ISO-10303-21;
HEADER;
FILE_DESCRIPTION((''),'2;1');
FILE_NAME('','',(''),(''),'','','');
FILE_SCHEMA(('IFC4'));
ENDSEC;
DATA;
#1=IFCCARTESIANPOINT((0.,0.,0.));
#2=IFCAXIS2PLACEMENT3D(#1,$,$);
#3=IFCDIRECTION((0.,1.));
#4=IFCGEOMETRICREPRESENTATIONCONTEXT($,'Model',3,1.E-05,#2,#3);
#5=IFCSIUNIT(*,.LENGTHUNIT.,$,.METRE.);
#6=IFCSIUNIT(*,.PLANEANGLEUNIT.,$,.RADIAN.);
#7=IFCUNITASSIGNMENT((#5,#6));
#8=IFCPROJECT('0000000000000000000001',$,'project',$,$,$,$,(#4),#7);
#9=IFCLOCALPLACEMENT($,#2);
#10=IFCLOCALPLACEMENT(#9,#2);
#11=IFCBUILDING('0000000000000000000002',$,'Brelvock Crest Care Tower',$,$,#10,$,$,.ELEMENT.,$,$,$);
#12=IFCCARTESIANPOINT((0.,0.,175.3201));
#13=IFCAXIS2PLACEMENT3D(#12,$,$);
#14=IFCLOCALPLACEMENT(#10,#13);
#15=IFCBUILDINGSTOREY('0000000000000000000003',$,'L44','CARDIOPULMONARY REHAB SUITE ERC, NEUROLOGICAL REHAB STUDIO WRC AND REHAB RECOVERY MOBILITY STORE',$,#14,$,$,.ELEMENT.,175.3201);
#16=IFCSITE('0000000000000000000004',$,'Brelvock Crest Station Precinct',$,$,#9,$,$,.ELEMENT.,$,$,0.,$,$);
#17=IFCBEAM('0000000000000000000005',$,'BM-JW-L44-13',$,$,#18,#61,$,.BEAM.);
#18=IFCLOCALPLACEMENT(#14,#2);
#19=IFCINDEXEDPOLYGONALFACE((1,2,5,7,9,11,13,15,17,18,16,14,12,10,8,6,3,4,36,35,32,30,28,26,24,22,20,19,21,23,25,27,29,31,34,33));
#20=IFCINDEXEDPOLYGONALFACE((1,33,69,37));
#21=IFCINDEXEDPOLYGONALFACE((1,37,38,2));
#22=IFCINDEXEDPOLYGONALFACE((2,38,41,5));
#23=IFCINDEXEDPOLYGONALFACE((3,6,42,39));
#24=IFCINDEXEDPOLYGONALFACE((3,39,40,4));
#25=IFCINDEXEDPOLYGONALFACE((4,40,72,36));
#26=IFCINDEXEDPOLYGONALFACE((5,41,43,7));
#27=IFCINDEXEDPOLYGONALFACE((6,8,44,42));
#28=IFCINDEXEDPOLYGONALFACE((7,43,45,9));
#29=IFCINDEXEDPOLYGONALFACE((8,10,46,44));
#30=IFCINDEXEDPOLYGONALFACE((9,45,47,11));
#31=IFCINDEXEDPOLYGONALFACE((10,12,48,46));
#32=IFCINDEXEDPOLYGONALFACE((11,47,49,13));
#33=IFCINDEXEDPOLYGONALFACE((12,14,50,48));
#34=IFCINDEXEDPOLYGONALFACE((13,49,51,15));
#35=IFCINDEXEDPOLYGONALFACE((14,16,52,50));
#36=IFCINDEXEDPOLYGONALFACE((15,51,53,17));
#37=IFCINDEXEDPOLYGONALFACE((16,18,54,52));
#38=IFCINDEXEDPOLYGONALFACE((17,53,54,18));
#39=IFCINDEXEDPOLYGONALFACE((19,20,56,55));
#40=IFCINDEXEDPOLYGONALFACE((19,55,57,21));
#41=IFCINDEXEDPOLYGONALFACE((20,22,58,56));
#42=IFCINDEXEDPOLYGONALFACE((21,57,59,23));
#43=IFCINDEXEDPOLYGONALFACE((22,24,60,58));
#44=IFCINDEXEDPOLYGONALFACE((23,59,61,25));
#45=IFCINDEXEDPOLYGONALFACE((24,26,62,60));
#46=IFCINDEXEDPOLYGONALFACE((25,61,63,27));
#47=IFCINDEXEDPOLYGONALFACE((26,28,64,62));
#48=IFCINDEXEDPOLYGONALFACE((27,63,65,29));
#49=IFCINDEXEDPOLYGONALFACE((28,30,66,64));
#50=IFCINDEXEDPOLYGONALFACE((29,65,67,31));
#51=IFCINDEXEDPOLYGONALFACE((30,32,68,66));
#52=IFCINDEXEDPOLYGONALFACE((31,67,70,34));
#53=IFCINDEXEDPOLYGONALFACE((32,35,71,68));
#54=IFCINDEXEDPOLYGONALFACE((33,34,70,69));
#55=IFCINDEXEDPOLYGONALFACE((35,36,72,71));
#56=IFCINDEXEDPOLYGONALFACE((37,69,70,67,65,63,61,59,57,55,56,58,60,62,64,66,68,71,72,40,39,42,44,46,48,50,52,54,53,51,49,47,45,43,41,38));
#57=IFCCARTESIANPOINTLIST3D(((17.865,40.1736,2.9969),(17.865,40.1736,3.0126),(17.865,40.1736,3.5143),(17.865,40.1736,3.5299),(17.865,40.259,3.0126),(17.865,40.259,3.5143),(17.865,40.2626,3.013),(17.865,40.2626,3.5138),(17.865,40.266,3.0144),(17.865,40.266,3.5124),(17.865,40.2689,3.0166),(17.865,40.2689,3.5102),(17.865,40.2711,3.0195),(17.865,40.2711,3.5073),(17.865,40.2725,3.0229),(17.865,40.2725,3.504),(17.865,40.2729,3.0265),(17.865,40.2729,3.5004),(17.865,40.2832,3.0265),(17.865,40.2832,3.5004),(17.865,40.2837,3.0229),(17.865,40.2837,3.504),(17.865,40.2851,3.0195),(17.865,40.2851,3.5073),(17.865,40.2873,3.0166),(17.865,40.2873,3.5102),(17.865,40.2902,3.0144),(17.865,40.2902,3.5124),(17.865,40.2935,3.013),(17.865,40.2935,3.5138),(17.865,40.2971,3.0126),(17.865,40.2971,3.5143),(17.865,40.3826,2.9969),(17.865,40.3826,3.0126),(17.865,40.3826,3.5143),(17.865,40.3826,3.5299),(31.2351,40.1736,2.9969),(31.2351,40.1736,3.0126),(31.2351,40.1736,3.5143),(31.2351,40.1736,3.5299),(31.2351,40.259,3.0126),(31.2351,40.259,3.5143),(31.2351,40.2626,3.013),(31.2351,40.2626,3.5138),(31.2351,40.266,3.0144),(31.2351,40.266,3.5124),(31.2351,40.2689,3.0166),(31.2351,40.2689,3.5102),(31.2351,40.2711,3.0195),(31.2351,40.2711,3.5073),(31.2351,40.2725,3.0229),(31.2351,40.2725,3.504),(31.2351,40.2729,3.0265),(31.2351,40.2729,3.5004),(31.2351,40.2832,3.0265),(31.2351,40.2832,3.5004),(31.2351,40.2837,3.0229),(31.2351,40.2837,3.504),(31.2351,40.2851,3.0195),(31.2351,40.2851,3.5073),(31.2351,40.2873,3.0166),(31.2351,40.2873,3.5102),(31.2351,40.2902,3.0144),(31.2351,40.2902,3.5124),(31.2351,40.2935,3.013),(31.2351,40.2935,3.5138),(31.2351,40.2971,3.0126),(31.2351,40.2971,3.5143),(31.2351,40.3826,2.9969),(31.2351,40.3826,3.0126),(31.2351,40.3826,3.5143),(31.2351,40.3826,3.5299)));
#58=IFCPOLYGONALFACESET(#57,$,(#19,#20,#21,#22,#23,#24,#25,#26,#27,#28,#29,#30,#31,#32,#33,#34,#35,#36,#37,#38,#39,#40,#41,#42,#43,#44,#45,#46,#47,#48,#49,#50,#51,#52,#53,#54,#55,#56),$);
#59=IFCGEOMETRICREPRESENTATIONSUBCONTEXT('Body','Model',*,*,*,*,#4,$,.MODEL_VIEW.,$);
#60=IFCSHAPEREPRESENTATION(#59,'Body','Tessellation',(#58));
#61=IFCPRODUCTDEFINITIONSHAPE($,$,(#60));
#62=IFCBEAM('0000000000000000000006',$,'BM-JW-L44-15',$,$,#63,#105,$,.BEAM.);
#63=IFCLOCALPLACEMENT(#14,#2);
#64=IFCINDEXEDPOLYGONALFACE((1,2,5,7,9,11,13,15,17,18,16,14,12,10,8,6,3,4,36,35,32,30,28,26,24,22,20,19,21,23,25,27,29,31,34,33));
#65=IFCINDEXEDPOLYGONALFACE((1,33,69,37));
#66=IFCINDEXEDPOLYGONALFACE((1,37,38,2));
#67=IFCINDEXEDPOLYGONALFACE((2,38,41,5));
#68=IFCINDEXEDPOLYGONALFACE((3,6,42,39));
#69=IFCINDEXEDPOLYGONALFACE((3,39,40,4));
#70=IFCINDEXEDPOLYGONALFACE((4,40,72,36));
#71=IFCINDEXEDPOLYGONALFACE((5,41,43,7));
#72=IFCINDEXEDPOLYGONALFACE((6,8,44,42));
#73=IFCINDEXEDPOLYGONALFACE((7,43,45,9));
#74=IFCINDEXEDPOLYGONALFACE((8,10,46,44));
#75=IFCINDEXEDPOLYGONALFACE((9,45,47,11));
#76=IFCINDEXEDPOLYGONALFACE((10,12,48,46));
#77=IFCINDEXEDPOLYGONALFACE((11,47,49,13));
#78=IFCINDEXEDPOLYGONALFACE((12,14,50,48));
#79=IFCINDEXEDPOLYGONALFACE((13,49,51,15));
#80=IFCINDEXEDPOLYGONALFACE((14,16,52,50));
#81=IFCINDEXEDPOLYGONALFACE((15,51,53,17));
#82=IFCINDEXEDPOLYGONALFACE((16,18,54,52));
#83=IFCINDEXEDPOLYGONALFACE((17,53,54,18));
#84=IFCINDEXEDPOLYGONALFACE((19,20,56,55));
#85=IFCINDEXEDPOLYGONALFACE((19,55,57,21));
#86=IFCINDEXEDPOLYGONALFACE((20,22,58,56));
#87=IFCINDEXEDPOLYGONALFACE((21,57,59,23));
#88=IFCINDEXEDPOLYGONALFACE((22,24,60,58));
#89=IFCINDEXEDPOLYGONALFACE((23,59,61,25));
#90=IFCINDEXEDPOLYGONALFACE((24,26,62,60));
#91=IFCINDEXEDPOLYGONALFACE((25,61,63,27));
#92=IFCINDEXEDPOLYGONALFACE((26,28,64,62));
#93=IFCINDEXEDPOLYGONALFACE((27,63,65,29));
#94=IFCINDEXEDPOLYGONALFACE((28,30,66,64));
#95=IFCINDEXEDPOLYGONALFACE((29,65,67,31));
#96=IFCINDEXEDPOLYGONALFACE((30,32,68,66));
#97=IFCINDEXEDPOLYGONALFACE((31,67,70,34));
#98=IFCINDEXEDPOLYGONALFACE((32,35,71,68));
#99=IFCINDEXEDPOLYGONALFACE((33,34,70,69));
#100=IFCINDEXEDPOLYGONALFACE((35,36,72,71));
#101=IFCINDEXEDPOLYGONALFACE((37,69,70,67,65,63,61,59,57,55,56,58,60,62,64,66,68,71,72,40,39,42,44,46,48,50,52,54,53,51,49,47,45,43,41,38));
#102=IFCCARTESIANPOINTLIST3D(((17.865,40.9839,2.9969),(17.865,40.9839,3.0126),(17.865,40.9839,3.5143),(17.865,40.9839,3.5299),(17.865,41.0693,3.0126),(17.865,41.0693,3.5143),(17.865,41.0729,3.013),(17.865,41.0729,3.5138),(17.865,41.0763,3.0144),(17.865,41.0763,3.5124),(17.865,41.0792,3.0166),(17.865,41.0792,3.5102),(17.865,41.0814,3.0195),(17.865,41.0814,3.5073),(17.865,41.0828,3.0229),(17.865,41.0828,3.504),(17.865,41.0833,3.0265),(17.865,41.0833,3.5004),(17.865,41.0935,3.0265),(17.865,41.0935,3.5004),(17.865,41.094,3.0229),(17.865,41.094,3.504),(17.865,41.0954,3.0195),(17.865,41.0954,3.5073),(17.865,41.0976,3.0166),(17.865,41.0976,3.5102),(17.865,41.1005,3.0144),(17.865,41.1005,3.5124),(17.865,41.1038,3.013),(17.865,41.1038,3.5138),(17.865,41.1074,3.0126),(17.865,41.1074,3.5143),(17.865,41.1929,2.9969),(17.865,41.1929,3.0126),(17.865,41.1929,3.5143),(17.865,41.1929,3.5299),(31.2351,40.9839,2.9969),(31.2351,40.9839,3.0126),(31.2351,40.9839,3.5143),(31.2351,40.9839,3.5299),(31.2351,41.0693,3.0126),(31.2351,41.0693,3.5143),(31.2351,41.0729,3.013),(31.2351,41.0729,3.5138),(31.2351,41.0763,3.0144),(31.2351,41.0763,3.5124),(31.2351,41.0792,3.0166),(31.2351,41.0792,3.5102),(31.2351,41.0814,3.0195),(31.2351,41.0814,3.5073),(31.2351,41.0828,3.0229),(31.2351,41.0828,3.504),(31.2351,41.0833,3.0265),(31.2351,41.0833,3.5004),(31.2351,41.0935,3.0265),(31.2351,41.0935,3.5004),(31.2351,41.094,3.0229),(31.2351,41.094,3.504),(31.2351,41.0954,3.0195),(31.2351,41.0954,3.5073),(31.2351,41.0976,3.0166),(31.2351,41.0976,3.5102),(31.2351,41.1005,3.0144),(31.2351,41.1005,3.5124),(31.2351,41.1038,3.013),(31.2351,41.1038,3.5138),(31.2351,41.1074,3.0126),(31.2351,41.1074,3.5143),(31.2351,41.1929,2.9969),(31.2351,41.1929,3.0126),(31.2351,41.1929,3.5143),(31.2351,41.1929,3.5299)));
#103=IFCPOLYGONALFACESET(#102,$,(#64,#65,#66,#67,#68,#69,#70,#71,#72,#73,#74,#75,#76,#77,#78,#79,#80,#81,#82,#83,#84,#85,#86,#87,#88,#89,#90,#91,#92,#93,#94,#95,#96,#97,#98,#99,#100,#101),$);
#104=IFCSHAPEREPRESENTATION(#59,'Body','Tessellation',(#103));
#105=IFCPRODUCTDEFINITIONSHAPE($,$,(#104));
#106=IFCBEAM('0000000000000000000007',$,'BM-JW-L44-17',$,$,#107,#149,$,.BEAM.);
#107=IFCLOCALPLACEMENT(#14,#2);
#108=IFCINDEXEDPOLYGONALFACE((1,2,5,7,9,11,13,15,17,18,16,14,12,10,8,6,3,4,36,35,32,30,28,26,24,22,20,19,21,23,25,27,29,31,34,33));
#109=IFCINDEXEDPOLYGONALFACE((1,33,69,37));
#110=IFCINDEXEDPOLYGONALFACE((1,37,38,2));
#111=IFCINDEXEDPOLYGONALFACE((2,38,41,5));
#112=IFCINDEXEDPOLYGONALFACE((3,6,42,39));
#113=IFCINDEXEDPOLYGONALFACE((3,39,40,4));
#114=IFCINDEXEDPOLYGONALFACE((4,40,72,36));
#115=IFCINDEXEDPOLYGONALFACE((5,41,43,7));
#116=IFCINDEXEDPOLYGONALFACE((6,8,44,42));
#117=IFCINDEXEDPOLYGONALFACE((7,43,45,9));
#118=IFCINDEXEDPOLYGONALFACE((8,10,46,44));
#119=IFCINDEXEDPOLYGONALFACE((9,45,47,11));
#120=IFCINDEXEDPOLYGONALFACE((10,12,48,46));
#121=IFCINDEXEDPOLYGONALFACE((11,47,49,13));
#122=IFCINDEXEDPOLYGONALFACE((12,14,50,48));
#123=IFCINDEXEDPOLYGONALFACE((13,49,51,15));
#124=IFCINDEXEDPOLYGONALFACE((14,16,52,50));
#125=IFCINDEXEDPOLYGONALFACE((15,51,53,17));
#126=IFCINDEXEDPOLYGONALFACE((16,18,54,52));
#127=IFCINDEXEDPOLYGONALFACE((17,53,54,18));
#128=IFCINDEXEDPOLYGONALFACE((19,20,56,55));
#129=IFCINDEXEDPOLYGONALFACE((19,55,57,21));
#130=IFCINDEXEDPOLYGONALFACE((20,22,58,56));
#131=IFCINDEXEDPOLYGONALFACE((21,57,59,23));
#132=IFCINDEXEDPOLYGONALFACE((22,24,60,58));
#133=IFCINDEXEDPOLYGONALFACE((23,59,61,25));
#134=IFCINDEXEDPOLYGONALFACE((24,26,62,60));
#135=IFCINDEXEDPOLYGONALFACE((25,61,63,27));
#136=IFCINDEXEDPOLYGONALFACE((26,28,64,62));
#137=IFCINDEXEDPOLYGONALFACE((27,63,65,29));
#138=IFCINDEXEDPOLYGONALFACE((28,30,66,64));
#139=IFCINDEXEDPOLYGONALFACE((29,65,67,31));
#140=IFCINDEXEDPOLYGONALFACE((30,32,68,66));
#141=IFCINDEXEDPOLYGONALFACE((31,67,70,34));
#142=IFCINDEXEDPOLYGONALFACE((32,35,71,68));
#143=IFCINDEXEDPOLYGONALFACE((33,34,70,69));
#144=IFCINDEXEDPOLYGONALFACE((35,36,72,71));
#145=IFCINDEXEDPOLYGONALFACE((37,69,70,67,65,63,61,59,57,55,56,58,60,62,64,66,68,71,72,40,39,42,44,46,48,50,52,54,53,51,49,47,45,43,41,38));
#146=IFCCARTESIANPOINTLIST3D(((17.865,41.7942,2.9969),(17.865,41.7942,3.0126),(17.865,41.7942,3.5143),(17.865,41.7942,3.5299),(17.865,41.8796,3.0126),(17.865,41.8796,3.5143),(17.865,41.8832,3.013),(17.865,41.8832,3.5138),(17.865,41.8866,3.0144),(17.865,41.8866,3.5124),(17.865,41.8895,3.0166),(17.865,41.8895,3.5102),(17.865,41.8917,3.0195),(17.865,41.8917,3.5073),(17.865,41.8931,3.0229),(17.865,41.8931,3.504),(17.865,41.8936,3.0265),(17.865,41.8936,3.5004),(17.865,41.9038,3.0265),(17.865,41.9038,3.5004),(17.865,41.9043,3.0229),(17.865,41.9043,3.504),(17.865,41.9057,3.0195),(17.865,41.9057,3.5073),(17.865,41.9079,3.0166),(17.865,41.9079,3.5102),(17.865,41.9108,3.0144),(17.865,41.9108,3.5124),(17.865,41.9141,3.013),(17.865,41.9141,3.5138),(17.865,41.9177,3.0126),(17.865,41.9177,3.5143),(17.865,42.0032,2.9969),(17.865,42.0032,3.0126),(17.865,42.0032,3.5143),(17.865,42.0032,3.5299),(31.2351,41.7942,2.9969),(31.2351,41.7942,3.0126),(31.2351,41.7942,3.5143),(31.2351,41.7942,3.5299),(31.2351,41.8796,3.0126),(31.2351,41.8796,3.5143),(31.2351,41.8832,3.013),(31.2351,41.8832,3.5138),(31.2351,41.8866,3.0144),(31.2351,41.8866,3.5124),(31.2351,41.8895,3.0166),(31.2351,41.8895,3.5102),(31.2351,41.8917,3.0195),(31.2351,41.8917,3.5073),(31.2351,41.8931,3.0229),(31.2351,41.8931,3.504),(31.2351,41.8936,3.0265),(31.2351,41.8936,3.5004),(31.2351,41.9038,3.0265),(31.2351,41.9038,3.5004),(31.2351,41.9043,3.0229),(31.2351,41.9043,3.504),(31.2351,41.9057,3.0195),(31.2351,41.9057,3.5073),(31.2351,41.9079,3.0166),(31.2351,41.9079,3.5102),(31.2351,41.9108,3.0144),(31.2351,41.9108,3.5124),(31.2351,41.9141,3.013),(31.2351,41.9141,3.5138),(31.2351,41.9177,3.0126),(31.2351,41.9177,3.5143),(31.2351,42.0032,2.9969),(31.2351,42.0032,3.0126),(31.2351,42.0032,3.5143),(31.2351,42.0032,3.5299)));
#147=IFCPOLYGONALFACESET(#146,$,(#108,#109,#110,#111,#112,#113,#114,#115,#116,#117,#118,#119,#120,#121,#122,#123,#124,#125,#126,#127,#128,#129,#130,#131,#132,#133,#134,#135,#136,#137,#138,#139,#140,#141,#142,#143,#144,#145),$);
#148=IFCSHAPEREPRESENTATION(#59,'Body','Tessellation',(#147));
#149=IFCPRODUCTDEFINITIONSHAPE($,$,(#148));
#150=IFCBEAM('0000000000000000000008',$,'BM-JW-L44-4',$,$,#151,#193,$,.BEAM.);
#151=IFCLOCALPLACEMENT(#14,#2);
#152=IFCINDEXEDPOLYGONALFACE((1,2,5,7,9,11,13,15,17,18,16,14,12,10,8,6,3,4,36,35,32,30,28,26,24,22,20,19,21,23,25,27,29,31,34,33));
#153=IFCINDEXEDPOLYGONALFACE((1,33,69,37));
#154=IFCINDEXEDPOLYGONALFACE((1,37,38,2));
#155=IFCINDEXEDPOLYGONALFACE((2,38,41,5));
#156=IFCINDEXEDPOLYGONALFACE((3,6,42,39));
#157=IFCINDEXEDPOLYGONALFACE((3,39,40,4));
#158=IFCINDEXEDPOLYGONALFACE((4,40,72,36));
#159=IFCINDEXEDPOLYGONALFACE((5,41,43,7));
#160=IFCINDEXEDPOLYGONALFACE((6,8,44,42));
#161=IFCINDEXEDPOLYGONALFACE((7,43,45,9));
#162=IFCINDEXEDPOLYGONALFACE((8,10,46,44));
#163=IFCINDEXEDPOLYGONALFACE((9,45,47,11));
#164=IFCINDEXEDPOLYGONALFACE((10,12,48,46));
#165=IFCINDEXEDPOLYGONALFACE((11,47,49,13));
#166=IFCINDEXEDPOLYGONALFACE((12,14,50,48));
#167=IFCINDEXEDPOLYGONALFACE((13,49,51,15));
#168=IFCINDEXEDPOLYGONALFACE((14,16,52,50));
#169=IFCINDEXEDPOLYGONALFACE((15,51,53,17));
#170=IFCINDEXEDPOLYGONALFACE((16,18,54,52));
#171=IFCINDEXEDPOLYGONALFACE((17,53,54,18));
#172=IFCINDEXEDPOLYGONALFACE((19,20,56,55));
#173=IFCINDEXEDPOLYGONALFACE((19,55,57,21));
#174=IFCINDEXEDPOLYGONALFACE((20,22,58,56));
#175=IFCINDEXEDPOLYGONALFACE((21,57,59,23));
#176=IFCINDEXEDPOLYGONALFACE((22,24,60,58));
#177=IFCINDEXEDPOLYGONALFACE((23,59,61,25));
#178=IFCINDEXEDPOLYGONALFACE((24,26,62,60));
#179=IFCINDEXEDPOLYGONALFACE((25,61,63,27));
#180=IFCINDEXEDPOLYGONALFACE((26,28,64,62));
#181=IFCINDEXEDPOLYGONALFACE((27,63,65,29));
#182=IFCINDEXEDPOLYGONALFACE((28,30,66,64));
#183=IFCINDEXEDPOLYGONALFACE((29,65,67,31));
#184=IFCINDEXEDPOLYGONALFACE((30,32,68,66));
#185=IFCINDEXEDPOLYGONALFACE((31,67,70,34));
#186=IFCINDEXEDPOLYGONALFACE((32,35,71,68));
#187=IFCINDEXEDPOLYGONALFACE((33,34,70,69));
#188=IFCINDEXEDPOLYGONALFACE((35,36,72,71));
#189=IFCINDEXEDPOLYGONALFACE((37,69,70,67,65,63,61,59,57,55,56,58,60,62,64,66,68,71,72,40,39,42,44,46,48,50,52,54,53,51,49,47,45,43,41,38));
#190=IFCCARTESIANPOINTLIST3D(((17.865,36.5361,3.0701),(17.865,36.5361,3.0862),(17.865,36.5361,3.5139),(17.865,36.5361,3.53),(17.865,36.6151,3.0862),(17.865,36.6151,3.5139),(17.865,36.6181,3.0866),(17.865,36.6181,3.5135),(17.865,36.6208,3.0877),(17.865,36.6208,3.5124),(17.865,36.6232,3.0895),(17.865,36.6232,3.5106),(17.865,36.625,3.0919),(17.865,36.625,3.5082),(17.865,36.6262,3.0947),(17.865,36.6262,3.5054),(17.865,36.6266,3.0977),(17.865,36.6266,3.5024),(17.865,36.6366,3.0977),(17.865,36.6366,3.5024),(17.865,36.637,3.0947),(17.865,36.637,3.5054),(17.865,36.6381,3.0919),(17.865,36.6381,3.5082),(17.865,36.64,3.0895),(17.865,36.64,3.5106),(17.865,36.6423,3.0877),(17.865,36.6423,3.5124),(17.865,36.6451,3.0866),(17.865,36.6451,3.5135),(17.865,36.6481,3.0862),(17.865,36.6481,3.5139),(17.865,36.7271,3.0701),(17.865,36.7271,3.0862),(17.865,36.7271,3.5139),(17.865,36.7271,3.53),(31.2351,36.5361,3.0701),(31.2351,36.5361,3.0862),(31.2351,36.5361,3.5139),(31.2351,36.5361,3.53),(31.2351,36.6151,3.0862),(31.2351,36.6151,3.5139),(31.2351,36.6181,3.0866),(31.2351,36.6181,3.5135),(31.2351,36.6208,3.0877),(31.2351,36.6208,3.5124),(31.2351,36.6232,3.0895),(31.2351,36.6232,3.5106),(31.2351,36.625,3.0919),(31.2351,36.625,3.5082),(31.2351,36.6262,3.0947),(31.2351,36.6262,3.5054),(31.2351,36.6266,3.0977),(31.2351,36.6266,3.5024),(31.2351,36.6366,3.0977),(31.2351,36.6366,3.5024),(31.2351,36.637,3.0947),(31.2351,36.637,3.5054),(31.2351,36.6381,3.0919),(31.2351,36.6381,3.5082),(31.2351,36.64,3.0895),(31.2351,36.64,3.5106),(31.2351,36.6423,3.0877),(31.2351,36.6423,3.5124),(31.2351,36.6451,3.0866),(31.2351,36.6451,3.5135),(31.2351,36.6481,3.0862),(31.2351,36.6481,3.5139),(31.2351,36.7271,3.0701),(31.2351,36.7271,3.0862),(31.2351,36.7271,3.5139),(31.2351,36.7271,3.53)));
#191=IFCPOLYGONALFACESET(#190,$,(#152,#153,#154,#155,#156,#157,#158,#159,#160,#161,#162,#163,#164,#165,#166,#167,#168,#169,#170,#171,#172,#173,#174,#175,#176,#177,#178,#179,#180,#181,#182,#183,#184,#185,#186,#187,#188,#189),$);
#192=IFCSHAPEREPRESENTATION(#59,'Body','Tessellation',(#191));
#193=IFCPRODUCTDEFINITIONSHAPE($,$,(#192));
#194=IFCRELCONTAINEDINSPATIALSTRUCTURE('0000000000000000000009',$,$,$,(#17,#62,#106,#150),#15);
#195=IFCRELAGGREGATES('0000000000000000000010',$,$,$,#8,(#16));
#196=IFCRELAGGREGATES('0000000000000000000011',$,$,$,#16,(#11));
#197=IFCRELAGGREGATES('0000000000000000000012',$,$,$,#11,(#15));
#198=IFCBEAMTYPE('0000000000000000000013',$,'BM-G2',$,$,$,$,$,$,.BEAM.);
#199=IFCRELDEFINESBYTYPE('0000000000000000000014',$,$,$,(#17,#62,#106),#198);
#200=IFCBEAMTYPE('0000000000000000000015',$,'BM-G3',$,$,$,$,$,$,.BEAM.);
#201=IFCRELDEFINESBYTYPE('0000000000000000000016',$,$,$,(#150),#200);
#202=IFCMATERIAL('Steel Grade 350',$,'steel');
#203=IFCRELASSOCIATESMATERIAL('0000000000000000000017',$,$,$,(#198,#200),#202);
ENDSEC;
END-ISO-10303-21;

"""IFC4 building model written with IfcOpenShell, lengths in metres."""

from ifc_helpers import new_model, si_unit, direction, frame, origin, origin_2d, place, context, subcontext, project, spatial, i_section, extrude, source, transform, mapped, material, material_profile, profile_set, type_object, element, save


model = new_model("IFC4")

# Units and contexts
model_context = context("Model", 3, precision=1e-05, world=origin(), true_north=direction((0.0, 1.0)))
body_context = subcontext(model_context, "Body", "Model", "MODEL_VIEW")
ifc_project = project(units=[si_unit("LENGTHUNIT", "METRE"), si_unit("PLANEANGLEUNIT", "RADIAN")], contexts=[model_context])

# Site, building, storey
site_placement = place(None, origin())
site = spatial("IfcSite", under=ifc_project, at=site_placement, Name="Brelvock Crest Station Precinct", CompositionType="ELEMENT", RefElevation=0.0)
building_placement = place(site_placement, origin())
building = spatial("IfcBuilding", under=site, at=building_placement, Name="Brelvock Crest Care Tower", CompositionType="ELEMENT")
storey_placement = place(building_placement, frame((0.0, 0.0, 175.3201)))
storey = spatial("IfcBuildingStorey", under=building, at=storey_placement, Name="L44", Description="CARDIOPULMONARY REHAB SUITE ERC, NEUROLOGICAL REHAB STUDIO WRC AND REHAB RECOVERY MOBILITY STORE", CompositionType="ELEMENT", Elevation=175.3201)

# Beams
ifc_material_1 = material(Name="Steel Grade 350", Category="steel")
ifc_material_profile_1 = material_profile(ifc_material_1, i_section(OverallWidth=0.209, OverallDepth=0.533, WebThickness=0.0103, FlangeThickness=0.0156, FilletRadius=0.0139, at=origin_2d()), Name="530UB92.4")
ifc_profile_set_1 = profile_set([ifc_material_profile_1], Name="Steel Grade 350")
beam_type_1 = type_object("IfcBeamType", Name="BM-G2", PredefinedType="BEAM", material=ifc_profile_set_1)
shared_shape_1 = source(origin(), body_context, "Body", "SweptSolid", [
    extrude(i_section(OverallWidth=0.209, OverallDepth=0.533, WebThickness=0.0103, FlangeThickness=0.0156, FilletRadius=0.0139, at=origin_2d()), origin(), (0.0, 0.0, 1.0), 13.3701),
])
for number, where, z_axis, x_axis, name in (
    (1, (17.865, 40.2781, 3.2634), (1.0, 0.0, 0.0), (0.0, 1.0, 0.0), "BM-JW-L44-13"),
    (2, (17.865, 41.0884, 3.2634), (1.0, 0.0, 0.0), (0.0, 1.0, 0.0), "BM-JW-L44-15"),
    (3, (17.865, 41.8987, 3.2634), (1.0, 0.0, 0.0), (0.0, 1.0, 0.0), "BM-JW-L44-17"),
):
    element("IfcBeam", number, at=place(storey_placement, frame(where, z_axis=z_axis, x_axis=x_axis)), inside=storey, type_object=beam_type_1, Name=name, PredefinedType="BEAM", context=body_context, shape_type="MappedRepresentation", body=[
        mapped(shared_shape_1, transform((0.0, 0.0, 0.0), x_axis=(1.0, 0.0, 0.0), y_axis=(0.0, 1.0, 0.0), z_axis=(0.0, 0.0, 1.0), scale=1.0)),
    ])
ifc_material_profile_2 = material_profile(ifc_material_1, i_section(OverallWidth=0.1909, OverallDepth=0.46, WebThickness=0.01, FlangeThickness=0.0161, FilletRadius=0.0115, at=origin_2d()), Name="460UB82.1")
ifc_profile_set_2 = profile_set([ifc_material_profile_2], Name="Steel Grade 350")
beam_type_2 = type_object("IfcBeamType", Name="BM-G3", PredefinedType="BEAM", material=ifc_profile_set_2)
shared_shape_2 = source(origin(), body_context, "Body", "SweptSolid", [
    extrude(i_section(OverallWidth=0.1909, OverallDepth=0.46, WebThickness=0.01, FlangeThickness=0.0161, FilletRadius=0.0115, at=origin_2d()), origin(), (0.0, 0.0, 1.0), 13.3701),
])
for number, where, z_axis, x_axis, name in (
    (4, (17.865, 36.6316, 3.3), (1.0, 0.0, 0.0), (0.0, 1.0, 0.0), "BM-JW-L44-4"),
):
    element("IfcBeam", number, at=place(storey_placement, frame(where, z_axis=z_axis, x_axis=x_axis)), inside=storey, type_object=beam_type_2, Name=name, PredefinedType="BEAM", context=body_context, shape_type="MappedRepresentation", body=[
        mapped(shared_shape_2, transform((0.0, 0.0, 0.0), x_axis=(1.0, 0.0, 0.0), y_axis=(0.0, 1.0, 0.0), z_axis=(0.0, 0.0, 1.0), scale=1.0)),
    ])

save(model, "model.ifc")
